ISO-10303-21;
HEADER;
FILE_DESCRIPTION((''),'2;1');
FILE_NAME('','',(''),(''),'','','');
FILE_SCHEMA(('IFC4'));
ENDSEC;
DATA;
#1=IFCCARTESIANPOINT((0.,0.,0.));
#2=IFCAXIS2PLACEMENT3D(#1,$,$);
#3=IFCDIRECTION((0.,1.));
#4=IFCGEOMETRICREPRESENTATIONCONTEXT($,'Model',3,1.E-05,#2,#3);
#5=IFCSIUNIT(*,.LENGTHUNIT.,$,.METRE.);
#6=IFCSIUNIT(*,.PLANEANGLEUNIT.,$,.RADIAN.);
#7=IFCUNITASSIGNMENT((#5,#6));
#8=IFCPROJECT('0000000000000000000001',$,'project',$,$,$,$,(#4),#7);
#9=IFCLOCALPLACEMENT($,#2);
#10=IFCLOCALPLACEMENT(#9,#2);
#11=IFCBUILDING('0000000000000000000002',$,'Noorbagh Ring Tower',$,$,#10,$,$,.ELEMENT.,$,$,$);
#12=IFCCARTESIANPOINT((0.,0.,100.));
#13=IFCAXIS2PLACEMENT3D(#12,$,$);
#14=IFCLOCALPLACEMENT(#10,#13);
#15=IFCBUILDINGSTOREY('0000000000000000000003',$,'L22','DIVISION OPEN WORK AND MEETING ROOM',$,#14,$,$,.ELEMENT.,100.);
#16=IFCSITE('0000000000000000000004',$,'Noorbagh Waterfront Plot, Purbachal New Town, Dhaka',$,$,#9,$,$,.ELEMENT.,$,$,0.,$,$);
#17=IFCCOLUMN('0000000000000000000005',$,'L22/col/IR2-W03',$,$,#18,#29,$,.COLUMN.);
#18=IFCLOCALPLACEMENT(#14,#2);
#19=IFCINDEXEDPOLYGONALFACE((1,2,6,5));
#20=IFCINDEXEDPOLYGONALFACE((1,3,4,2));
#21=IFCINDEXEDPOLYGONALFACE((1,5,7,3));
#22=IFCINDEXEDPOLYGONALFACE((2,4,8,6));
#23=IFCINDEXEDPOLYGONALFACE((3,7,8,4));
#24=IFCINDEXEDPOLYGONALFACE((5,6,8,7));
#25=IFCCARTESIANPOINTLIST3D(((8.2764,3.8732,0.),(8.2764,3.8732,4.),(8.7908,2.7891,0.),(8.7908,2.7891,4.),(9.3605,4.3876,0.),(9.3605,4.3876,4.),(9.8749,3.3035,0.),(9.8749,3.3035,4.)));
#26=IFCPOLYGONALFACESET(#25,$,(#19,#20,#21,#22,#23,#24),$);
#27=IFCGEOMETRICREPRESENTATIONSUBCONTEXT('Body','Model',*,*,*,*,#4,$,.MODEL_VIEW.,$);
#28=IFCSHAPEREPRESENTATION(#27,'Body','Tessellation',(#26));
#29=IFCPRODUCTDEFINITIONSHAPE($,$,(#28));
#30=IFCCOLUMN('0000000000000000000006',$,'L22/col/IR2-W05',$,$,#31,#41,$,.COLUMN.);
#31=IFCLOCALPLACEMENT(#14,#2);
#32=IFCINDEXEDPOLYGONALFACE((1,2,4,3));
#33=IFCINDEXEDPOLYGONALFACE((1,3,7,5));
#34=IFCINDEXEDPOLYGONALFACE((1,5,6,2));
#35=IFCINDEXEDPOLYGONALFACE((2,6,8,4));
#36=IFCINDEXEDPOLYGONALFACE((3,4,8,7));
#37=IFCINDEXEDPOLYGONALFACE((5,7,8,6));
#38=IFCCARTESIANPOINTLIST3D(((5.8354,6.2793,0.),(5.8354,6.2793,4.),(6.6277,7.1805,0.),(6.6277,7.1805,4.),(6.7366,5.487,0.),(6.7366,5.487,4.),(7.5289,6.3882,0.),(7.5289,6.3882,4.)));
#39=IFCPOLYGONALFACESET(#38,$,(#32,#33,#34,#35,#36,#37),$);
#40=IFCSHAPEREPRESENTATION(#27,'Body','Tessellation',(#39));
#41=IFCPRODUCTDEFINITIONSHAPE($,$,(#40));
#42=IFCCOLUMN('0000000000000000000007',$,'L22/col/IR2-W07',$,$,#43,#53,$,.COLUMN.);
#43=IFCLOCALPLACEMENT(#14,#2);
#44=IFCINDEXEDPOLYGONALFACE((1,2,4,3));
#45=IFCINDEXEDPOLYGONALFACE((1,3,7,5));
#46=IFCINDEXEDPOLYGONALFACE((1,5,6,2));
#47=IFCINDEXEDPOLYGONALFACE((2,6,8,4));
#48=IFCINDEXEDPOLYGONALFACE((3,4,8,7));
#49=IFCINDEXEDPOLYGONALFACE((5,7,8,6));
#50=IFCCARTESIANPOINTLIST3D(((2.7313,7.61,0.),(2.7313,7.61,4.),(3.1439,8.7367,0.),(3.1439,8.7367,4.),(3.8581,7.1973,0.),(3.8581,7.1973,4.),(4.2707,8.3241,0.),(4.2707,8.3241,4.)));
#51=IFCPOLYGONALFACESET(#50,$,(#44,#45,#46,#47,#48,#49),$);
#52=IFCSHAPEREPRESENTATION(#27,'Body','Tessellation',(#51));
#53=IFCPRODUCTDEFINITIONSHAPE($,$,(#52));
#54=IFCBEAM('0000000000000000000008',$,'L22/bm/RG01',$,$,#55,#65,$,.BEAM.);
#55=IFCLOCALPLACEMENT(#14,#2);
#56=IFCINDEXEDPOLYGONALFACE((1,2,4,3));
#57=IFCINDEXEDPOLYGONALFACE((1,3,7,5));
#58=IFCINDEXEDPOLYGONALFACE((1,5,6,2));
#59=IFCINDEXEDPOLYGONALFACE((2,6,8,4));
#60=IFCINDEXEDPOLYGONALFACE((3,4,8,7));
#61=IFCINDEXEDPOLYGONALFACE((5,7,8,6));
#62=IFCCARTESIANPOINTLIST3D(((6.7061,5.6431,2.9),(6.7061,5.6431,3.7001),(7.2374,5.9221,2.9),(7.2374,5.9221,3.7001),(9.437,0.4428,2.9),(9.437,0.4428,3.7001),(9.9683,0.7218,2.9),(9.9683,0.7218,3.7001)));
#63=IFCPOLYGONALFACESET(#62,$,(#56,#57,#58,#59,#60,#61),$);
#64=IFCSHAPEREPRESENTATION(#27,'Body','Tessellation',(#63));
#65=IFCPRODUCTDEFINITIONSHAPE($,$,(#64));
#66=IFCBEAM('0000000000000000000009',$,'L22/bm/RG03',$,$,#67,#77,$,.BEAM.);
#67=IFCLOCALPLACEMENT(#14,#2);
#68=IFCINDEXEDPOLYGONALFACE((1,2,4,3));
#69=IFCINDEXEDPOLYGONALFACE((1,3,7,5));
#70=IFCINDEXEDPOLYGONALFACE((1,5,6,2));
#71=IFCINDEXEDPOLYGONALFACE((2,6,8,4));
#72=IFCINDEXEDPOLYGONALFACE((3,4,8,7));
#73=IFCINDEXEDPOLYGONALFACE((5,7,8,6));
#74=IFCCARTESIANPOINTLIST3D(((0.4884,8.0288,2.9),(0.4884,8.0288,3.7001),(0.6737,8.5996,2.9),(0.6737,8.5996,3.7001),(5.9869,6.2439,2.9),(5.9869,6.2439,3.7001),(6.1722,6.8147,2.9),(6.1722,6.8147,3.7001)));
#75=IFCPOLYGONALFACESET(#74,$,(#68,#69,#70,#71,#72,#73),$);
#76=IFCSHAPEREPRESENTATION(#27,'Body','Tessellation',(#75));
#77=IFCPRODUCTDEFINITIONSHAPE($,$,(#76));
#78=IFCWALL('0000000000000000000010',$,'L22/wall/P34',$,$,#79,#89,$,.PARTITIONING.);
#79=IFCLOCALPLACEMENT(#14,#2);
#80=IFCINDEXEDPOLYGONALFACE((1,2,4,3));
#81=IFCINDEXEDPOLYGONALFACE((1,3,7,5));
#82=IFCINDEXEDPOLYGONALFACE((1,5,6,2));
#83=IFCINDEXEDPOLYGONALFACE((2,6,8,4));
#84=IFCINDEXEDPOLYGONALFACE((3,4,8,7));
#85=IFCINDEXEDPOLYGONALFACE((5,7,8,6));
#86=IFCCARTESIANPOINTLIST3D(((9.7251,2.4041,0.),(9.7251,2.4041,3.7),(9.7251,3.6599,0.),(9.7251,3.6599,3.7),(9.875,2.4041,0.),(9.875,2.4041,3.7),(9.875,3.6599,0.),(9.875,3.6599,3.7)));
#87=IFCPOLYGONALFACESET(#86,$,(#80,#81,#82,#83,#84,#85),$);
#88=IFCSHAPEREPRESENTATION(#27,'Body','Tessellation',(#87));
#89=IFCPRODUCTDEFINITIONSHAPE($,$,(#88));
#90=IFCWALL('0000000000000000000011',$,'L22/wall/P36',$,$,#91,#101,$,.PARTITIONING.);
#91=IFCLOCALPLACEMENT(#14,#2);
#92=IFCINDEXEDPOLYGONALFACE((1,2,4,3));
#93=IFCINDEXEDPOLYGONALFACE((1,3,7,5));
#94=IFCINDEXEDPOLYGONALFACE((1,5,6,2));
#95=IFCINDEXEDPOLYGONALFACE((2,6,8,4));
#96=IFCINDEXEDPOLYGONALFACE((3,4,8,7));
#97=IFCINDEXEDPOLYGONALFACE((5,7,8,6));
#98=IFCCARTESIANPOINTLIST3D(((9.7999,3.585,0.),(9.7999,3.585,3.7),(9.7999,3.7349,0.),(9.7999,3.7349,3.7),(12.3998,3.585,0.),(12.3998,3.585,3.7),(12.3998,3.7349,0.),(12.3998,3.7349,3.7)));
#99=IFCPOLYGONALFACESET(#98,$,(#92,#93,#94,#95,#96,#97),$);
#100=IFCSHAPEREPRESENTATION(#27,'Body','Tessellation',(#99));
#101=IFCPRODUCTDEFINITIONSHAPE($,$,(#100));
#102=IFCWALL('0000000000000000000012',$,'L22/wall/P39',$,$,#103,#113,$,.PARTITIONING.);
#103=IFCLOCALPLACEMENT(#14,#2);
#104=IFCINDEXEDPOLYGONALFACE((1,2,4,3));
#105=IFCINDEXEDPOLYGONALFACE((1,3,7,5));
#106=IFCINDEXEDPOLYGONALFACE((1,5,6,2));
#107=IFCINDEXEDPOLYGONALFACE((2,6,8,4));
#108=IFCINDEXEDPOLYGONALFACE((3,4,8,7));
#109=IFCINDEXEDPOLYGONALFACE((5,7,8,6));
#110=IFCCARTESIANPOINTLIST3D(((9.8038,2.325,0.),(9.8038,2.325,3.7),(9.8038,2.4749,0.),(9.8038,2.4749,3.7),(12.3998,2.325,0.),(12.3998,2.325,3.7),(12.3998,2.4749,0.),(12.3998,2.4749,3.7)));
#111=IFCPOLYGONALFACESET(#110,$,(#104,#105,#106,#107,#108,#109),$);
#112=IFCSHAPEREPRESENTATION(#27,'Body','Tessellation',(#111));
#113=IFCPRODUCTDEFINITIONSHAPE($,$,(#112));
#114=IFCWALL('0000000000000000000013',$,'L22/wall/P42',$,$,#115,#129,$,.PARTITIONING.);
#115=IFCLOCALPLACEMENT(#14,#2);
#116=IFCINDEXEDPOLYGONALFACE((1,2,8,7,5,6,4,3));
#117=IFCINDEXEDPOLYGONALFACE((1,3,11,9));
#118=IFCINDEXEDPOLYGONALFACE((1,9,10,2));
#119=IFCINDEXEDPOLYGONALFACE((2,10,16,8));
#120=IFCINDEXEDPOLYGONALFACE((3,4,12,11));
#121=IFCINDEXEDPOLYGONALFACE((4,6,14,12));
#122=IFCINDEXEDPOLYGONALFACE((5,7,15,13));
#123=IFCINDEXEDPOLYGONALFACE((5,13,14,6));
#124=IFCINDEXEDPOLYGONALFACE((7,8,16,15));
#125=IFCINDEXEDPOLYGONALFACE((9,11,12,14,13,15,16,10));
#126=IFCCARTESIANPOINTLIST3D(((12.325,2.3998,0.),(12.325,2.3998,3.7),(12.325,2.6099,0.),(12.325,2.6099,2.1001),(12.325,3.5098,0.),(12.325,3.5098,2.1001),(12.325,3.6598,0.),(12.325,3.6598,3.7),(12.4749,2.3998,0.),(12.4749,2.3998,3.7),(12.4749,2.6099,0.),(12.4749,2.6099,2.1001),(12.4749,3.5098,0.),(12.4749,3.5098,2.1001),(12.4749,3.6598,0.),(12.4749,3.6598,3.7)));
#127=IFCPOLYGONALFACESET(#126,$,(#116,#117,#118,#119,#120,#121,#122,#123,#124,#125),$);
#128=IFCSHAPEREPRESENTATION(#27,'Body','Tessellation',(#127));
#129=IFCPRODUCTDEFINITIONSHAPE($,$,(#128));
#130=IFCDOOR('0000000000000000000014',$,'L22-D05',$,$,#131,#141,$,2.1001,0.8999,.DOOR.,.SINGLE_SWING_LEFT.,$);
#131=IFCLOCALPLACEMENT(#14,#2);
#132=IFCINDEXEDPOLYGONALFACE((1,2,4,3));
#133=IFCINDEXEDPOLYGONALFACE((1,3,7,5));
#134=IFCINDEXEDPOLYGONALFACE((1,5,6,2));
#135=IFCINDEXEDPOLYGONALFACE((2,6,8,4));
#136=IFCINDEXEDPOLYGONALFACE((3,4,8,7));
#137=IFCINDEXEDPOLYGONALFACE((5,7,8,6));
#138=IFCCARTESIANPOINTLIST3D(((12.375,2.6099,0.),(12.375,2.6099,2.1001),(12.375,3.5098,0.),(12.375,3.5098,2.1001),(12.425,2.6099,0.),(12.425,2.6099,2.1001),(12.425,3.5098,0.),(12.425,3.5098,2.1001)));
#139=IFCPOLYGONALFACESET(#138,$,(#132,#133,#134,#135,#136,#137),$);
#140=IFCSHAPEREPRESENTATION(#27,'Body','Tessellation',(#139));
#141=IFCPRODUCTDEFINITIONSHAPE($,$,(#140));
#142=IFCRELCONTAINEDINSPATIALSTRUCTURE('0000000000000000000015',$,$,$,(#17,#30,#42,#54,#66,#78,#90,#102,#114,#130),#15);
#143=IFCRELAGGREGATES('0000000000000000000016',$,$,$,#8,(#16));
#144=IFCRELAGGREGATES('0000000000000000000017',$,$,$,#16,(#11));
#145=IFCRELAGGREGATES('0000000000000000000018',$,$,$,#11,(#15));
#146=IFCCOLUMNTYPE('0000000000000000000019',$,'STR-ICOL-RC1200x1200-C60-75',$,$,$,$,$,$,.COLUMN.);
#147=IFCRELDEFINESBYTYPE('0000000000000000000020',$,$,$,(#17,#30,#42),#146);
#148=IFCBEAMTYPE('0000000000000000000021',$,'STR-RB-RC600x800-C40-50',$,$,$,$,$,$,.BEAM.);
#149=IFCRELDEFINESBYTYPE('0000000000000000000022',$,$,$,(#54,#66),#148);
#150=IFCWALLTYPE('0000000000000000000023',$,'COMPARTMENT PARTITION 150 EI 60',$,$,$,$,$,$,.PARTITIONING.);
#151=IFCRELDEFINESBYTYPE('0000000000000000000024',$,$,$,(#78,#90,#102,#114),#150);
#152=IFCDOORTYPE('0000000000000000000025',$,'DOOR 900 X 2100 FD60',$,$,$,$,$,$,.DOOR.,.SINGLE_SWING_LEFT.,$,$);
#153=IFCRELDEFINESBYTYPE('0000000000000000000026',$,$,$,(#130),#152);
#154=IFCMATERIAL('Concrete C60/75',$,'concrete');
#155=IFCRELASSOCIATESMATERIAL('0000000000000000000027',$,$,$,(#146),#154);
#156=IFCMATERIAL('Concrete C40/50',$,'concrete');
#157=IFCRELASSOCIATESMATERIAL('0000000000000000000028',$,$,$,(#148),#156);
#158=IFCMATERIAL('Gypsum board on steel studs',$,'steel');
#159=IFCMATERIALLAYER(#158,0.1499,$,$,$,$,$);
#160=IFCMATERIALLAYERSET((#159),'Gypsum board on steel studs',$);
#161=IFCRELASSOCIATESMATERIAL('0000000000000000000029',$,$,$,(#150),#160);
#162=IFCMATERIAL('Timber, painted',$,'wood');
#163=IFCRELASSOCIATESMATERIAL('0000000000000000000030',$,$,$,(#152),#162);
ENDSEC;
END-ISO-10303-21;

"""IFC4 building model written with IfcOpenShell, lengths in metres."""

from ifc_helpers import new_model, si_unit, direction, frame, frame_2d, origin, origin_2d, place, context, subcontext, project, spatial, rectangle, extrude, material, layer, layer_set, material_profile, profile_set, type_object, element, fill, save


model = new_model("IFC4")

# Units and contexts
model_context = context("Model", 3, precision=1e-05, world=origin(), true_north=direction((0.0, 1.0)))
body_context = subcontext(model_context, "Body", "Model", "MODEL_VIEW")
ifc_project = project(units=[si_unit("LENGTHUNIT", "METRE"), si_unit("PLANEANGLEUNIT", "RADIAN")], contexts=[model_context])

# Site, building, storey
site_placement = place(None, origin())
site = spatial("IfcSite", under=ifc_project, at=site_placement, Name="Noorbagh Waterfront Plot, Purbachal New Town, Dhaka", CompositionType="ELEMENT", RefElevation=0.0)
building_placement = place(site_placement, origin())
building = spatial("IfcBuilding", under=site, at=building_placement, Name="Noorbagh Ring Tower", CompositionType="ELEMENT")
storey_placement = place(building_placement, frame((0.0, 0.0, 100.0)))
storey = spatial("IfcBuildingStorey", under=building, at=storey_placement, Name="L22", Description="DIVISION OPEN WORK AND MEETING ROOM", CompositionType="ELEMENT", Elevation=100.0)

# Columns
ifc_material_1 = material(Name="Concrete C60/75", Category="concrete")
ifc_material_profile_1 = material_profile(ifc_material_1, rectangle(XDim=1.2, YDim=1.2, at=origin_2d()), Name="RC1200x1200")
ifc_profile_set_1 = profile_set([ifc_material_profile_1], Name="Concrete C60/75")
column_type = type_object("IfcColumnType", Name="STR-ICOL-RC1200x1200-C60-75", PredefinedType="COLUMN", material=ifc_profile_set_1)
for number, where, z_axis, x_axis, name in (
    (1, (9.0757, 3.5884, 0.0), (0.0, 0.0, 1.0), (-0.428667, 0.903463, 0.0), "L22/col/IR2-W03"),
    (2, (6.6821, 6.3337, 0.0), (0.0, 0.0, 1.0), (-0.751022, 0.660277, 0.0), "L22/col/IR2-W05"),
    (3, (3.501, 7.967, 0.0), (0.0, 0.0, 1.0), (-0.93902, 0.343864, 0.0), "L22/col/IR2-W07"),
):
    element("IfcColumn", number, at=place(storey_placement, frame(where, z_axis=z_axis, x_axis=x_axis)), inside=storey, type_object=column_type, Name=name, PredefinedType="COLUMN", context=body_context, shape_type="SweptSolid", body=[
        extrude(rectangle(XDim=1.2, YDim=1.2, at=origin_2d()), origin(), (0.0, 0.0, 1.0), 4.0),
    ])

# Beams
ifc_material_2 = material(Name="Concrete C40/50", Category="concrete")
ifc_material_profile_2 = material_profile(ifc_material_2, rectangle(XDim=0.6001, YDim=0.8, at=origin_2d()), Name="RC600x800")
ifc_profile_set_2 = profile_set([ifc_material_profile_2], Name="Concrete C40/50")
beam_type = type_object("IfcBeamType", Name="STR-RB-RC600x800-C40-50", PredefinedType="BEAM", material=ifc_profile_set_2)
beam_1_placement = place(storey_placement, frame((9.7026, 0.5823, 3.3), z_axis=(-0.464931, 0.885347, 0.0), x_axis=(-0.885347, -0.464931, 0.0)))
element("IfcBeam", 4, at=beam_1_placement, inside=storey, type_object=beam_type, Name="L22/bm/RG01", PredefinedType="BEAM", context=body_context, shape_type="SweptSolid", body=[
    extrude(rectangle(XDim=0.6001, YDim=0.8, at=origin_2d()), origin(), (0.0, 0.0, 1.0), 5.8738),
])
beam_2_placement = place(storey_placement, frame((6.0796, 6.5293, 3.3), z_axis=(-0.951141, 0.308756, 0.0), x_axis=(-0.308756, -0.951141, 0.0)))
element("IfcBeam", 5, at=beam_2_placement, inside=storey, type_object=beam_type, Name="L22/bm/RG03", PredefinedType="BEAM", context=body_context, shape_type="SweptSolid", body=[
    extrude(rectangle(XDim=0.6001, YDim=0.8, at=origin_2d()), origin(), (0.0, 0.0, 1.0), 5.781),
])

# Walls
ifc_material_3 = material(Name="Gypsum board on steel studs", Category="steel")
ifc_layer_1 = layer(ifc_material_3, 0.1499)
ifc_layer_set_1 = layer_set([ifc_layer_1], Name="Gypsum board on steel studs")
wall_type_1 = type_object("IfcWallType", Name="COMPARTMENT PARTITION 150 EI 60", PredefinedType="PARTITIONING", material=ifc_layer_set_1)
wall_1_placement = place(storey_placement, frame((9.8, 2.4041, 0.0), z_axis=(0.0, 0.0, 1.0), x_axis=(0.0, 1.0, 0.0)))
element("IfcWall", 6, at=wall_1_placement, inside=storey, type_object=wall_type_1, Name="L22/wall/P34", PredefinedType="PARTITIONING", context=body_context, shape_type="SweptSolid", body=[
    extrude(rectangle(XDim=1.2559, YDim=0.1499, at=frame_2d((0.6279, 0.0))), origin(), (0.0, 0.0, 1.0), 3.7),
])
wall_2_placement = place(storey_placement, frame((9.8, 3.6599, 0.0), z_axis=(0.0, 0.0, 1.0), x_axis=(1.0, 0.0, 0.0)))
element("IfcWall", 7, at=wall_2_placement, inside=storey, type_object=wall_type_1, Name="L22/wall/P36", PredefinedType="PARTITIONING", context=body_context, shape_type="SweptSolid", body=[
    extrude(rectangle(XDim=2.5999, YDim=0.1499, at=frame_2d((1.2998, 0.0))), origin(), (0.0, 0.0, 1.0), 3.7),
])
wall_3_placement = place(storey_placement, frame((9.804, 2.3999, 0.0), z_axis=(0.0, 0.0, 1.0), x_axis=(1.0, 0.0, 0.0)))
element("IfcWall", 8, at=wall_3_placement, inside=storey, type_object=wall_type_1, Name="L22/wall/P39", PredefinedType="PARTITIONING", context=body_context, shape_type="SweptSolid", body=[
    extrude(rectangle(XDim=2.5959, YDim=0.1499, at=frame_2d((1.2979, 0.0))), origin(), (0.0, 0.0, 1.0), 3.7),
])

# Wall, opening, door
wall_4_placement = place(storey_placement, frame((12.3999, 2.3999, 0.0), z_axis=(0.0, 0.0, 1.0), x_axis=(0.0, 1.0, 0.0)))
wall_4 = element("IfcWall", 9, at=wall_4_placement, inside=storey, type_object=wall_type_1, Name="L22/wall/P42", PredefinedType="PARTITIONING", context=body_context, shape_type="SweptSolid", body=[
    extrude(rectangle(XDim=1.26, YDim=0.1499, at=frame_2d((0.6299, 0.0))), origin(), (0.0, 0.0, 1.0), 3.7),
])
opening_1_placement = place(wall_4_placement, frame((0.21, 0.0, 0.0)))
opening_1 = element("IfcOpeningElement", 10, at=opening_1_placement, cuts=wall_4, PredefinedType="OPENING", context=body_context, shape_type="SweptSolid", body=[
    extrude(rectangle(XDim=0.8999, YDim=2.1001, at=frame_2d((0.45, 1.05))), frame((0.0, 0.085, 0.0), z_axis=(0.0, -1.0, 0.0), x_axis=(1.0, 0.0, 0.0)), (0.0, 0.0, 1.0), 0.1699),
])
ifc_material_4 = material(Name="Timber, painted", Category="wood")
door_type_1 = type_object("IfcDoorType", Name="DOOR 900 X 2100 FD60", OperationType="SINGLE_SWING_LEFT", PredefinedType="DOOR", material=ifc_material_4)
door_1_placement = place(opening_1_placement, origin())
door_1 = element("IfcDoor", 11, at=door_1_placement, inside=storey, type_object=door_type_1, Name="L22-D05", OperationType="SINGLE_SWING_LEFT", OverallHeight=2.1001, OverallWidth=0.8999, PredefinedType="DOOR", context=body_context, shape_type="SweptSolid", body=[
    extrude(rectangle(XDim=0.8999, YDim=2.1001, at=frame_2d((0.45, 1.05))), frame((0.0, 0.0249, 0.0), z_axis=(0.0, -1.0, 0.0), x_axis=(1.0, 0.0, 0.0)), (0.0, 0.0, 1.0), 0.05),
])
fill(opening_1, door_1)

save(model, "model.ifc")
